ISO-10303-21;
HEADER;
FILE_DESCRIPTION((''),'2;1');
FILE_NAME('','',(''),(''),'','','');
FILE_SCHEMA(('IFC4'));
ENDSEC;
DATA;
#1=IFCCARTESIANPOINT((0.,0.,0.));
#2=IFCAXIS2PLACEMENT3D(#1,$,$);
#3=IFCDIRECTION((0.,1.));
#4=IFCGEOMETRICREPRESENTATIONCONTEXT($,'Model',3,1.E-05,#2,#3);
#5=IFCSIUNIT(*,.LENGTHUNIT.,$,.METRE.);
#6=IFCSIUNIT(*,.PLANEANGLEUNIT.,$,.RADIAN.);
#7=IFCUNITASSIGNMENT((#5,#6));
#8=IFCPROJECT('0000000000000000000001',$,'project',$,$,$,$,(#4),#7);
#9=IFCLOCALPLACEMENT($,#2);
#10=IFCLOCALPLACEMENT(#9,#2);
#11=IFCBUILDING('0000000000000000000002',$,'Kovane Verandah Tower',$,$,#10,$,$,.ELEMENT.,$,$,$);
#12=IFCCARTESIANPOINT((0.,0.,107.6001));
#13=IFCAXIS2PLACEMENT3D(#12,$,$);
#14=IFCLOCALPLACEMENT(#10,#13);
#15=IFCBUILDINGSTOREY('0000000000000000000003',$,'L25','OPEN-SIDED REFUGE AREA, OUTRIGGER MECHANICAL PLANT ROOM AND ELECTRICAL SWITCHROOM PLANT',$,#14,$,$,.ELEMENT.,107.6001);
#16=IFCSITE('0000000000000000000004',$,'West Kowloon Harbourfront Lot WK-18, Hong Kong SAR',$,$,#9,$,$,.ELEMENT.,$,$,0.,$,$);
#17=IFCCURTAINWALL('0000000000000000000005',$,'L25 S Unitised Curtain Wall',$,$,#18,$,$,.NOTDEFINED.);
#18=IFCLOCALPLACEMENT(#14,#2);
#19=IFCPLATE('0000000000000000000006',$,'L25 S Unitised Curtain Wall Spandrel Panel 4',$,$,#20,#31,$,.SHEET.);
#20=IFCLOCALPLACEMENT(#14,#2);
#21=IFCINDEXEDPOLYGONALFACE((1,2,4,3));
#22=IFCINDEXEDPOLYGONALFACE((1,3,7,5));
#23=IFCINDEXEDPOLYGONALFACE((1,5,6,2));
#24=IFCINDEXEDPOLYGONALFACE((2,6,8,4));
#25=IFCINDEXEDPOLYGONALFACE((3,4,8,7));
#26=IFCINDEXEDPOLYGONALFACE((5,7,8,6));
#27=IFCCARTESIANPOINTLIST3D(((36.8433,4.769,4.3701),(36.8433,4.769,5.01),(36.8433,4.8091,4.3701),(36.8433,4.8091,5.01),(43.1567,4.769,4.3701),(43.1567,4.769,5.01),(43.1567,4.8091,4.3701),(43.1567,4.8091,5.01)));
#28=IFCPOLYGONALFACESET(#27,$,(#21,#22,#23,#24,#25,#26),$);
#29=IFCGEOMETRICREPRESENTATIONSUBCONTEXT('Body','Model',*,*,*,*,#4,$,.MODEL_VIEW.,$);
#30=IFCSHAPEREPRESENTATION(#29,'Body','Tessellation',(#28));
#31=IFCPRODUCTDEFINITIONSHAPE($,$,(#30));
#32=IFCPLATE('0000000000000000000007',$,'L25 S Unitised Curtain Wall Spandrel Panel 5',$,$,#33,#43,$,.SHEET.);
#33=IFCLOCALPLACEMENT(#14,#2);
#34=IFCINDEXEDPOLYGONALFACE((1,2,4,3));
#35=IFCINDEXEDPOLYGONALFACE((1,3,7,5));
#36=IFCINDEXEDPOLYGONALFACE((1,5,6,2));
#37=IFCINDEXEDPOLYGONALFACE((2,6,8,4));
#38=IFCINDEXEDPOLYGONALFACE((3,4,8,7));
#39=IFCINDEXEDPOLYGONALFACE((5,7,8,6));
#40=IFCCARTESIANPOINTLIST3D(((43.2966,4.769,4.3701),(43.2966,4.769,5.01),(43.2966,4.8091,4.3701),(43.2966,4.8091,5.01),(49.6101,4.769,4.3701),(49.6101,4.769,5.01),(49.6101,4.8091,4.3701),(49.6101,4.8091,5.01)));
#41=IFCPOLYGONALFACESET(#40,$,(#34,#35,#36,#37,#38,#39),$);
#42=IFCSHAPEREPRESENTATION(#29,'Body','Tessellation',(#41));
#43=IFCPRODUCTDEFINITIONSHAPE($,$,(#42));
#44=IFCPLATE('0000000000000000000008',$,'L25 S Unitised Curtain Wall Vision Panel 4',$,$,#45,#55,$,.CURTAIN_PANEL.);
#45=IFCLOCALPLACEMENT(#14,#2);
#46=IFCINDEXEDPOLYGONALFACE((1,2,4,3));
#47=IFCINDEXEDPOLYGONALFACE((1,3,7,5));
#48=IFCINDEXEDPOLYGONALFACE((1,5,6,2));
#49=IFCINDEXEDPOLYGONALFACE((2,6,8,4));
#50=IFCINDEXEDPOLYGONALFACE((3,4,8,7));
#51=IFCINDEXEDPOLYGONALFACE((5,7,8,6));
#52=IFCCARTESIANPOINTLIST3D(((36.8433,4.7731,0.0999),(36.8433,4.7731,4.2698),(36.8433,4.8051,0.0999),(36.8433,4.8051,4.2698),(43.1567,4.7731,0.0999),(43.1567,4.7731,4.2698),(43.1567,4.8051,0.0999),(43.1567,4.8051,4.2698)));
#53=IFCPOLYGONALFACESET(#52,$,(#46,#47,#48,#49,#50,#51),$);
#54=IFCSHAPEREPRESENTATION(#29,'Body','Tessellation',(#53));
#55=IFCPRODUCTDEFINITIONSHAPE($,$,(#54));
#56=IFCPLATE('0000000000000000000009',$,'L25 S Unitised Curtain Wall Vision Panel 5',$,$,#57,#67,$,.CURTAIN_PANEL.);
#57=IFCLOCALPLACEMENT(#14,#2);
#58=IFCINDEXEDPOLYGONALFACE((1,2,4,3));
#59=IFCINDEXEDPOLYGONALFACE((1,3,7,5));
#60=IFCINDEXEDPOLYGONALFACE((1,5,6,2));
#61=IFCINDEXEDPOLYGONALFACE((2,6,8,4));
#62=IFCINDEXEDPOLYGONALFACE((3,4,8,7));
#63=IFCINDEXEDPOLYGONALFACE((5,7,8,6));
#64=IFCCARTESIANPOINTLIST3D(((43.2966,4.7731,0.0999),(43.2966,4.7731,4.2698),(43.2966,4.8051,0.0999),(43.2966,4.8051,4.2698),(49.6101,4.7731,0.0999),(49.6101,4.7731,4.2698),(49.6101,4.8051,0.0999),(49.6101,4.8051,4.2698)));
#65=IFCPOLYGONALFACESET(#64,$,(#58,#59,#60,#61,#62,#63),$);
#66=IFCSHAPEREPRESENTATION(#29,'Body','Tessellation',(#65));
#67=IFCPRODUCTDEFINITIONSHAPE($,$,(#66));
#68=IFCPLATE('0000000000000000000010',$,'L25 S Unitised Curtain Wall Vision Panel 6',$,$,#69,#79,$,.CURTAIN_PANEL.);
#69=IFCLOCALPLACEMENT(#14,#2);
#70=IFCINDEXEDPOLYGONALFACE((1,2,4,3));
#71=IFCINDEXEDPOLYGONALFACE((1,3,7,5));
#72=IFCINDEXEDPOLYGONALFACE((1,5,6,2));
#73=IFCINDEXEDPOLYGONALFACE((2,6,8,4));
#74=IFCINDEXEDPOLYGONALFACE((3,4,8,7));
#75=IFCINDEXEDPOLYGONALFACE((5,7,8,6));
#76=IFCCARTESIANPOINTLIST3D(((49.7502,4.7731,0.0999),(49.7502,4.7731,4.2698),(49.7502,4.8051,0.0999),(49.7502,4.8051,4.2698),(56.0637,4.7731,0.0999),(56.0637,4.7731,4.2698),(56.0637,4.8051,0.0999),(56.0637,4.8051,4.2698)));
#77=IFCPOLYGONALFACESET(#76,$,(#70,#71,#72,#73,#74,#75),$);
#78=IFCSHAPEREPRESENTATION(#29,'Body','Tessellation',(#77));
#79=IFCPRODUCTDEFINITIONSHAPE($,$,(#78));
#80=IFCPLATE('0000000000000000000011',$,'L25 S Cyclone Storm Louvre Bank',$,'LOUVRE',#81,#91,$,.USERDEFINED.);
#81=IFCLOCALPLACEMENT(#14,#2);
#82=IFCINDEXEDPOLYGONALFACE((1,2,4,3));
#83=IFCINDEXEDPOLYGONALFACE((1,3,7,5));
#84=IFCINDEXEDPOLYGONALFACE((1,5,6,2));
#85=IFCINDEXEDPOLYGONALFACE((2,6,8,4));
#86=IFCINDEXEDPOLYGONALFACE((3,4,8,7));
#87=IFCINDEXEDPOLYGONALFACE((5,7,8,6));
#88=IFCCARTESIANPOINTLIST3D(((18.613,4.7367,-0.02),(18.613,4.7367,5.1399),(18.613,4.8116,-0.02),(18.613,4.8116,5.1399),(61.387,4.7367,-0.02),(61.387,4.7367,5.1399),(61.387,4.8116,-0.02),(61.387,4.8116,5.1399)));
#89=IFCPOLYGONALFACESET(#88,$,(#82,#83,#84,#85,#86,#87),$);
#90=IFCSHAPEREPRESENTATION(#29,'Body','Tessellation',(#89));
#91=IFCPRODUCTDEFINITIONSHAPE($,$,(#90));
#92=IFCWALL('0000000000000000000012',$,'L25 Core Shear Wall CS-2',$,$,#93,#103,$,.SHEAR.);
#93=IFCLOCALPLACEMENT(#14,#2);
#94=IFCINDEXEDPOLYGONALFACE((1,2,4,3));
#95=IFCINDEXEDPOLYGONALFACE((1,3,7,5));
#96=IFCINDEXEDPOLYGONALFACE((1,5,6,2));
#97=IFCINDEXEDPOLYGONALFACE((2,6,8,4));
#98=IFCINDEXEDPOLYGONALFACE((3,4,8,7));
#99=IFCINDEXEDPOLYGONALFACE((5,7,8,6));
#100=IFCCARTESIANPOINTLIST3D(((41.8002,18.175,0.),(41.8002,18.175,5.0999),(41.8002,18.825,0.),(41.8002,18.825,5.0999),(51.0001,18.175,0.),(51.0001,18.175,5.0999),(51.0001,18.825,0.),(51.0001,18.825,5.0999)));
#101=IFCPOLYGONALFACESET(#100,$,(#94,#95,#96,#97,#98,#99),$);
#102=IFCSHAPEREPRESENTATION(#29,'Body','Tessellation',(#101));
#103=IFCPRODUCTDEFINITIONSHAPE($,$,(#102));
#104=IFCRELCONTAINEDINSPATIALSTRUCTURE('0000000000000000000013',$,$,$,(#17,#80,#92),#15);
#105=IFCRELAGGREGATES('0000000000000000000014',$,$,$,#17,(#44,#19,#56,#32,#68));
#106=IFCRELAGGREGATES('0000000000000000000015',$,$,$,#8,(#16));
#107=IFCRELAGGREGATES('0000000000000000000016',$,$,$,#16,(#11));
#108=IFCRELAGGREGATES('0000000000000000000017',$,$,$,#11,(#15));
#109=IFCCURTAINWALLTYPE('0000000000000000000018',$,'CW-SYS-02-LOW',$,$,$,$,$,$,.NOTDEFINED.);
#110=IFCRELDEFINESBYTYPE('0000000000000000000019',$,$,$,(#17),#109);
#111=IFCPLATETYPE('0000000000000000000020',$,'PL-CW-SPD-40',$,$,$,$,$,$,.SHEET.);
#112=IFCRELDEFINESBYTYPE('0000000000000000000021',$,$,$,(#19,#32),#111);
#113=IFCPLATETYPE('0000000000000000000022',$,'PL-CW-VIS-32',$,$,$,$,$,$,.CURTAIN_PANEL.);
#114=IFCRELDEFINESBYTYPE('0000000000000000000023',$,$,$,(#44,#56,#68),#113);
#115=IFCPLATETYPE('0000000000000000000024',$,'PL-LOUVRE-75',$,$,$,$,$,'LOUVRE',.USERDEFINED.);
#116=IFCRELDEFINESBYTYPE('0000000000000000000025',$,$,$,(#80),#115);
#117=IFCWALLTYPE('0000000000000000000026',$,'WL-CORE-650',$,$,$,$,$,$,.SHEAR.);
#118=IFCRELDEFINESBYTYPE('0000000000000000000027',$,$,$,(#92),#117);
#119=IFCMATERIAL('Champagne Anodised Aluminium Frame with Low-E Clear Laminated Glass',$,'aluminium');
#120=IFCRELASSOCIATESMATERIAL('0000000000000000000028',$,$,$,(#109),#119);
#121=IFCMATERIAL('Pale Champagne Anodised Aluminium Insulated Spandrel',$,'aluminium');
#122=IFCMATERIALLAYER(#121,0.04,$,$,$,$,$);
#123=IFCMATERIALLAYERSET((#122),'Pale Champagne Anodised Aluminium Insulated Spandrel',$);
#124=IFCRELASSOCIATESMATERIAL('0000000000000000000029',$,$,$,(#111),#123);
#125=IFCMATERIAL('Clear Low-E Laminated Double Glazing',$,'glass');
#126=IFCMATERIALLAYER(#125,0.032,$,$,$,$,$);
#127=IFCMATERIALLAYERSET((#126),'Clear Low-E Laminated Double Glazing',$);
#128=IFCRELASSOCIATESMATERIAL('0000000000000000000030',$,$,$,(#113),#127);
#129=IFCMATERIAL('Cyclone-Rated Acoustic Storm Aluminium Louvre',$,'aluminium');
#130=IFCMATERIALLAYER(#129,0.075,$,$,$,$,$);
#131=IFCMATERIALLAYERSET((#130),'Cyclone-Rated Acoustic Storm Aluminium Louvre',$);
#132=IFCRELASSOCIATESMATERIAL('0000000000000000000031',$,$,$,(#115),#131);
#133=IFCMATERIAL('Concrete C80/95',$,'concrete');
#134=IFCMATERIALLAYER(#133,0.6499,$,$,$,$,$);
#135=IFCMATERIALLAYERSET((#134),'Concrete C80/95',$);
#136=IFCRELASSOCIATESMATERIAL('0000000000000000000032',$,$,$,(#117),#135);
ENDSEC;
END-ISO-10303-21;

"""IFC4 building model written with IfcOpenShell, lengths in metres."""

from ifc_helpers import new_model, si_unit, direction, frame, frame_2d, origin, origin_2d, place, context, subcontext, project, spatial, rectangle, extrude, material, layer, layer_set, type_object, element, aggregate, save


model = new_model("IFC4")

# Units and contexts
model_context = context("Model", 3, precision=1e-05, world=origin(), true_north=direction((0.0, 1.0)))
body_context = subcontext(model_context, "Body", "Model", "MODEL_VIEW")
ifc_project = project(units=[si_unit("LENGTHUNIT", "METRE"), si_unit("PLANEANGLEUNIT", "RADIAN")], contexts=[model_context])

# Site, building, storey
site_placement = place(None, origin())
site = spatial("IfcSite", under=ifc_project, at=site_placement, Name="West Kowloon Harbourfront Lot WK-18, Hong Kong SAR", CompositionType="ELEMENT", RefElevation=0.0)
building_placement = place(site_placement, origin())
building = spatial("IfcBuilding", under=site, at=building_placement, Name="Kovane Verandah Tower", CompositionType="ELEMENT")
storey_placement = place(building_placement, frame((0.0, 0.0, 107.6001)))
storey = spatial("IfcBuildingStorey", under=building, at=storey_placement, Name="L25", Description="OPEN-SIDED REFUGE AREA, OUTRIGGER MECHANICAL PLANT ROOM AND ELECTRICAL SWITCHROOM PLANT", CompositionType="ELEMENT", Elevation=107.6001)

# Shared definitions
ifc_material_1 = material(Name="Concrete C80/95", Category="concrete")

# Curtain wall, plates
ifc_material_2 = material(Name="Champagne Anodised Aluminium Frame with Low-E Clear Laminated Glass", Category="aluminium")
curtain_wall_type = type_object("IfcCurtainWallType", Name="CW-SYS-02-LOW", PredefinedType="NOTDEFINED", material=ifc_material_2)
curtain_wall_placement = place(storey_placement, origin())
curtain_wall = element("IfcCurtainWall", 1, at=curtain_wall_placement, inside=storey, type_object=curtain_wall_type, Name="L25 S Unitised Curtain Wall", PredefinedType="NOTDEFINED")
ifc_material_3 = material(Name="Pale Champagne Anodised Aluminium Insulated Spandrel", Category="aluminium")
ifc_layer_1 = layer(ifc_material_3, 0.04)
ifc_layer_set_1 = layer_set([ifc_layer_1], Name="Pale Champagne Anodised Aluminium Insulated Spandrel")
plate_type_1 = type_object("IfcPlateType", Name="PL-CW-SPD-40", PredefinedType="SHEET", material=ifc_layer_set_1)
plate_1_placement = place(storey_placement, frame((40.0, 4.7891, 4.3701), z_axis=(0.0, 0.0, 1.0), x_axis=(1.0, 0.0, 0.0)))
plate_1 = element("IfcPlate", 2, at=plate_1_placement, type_object=plate_type_1, Name="L25 S Unitised Curtain Wall Spandrel Panel 4", PredefinedType="SHEET", context=body_context, shape_type="SweptSolid", body=[
    extrude(rectangle(XDim=6.3135, YDim=0.04, at=origin_2d()), origin(), (0.0, 0.0, 1.0), 0.6399),
])
plate_2_placement = place(storey_placement, frame((46.4534, 4.7891, 4.3701), z_axis=(0.0, 0.0, 1.0), x_axis=(1.0, 0.0, 0.0)))
plate_2 = element("IfcPlate", 3, at=plate_2_placement, type_object=plate_type_1, Name="L25 S Unitised Curtain Wall Spandrel Panel 5", PredefinedType="SHEET", context=body_context, shape_type="SweptSolid", body=[
    extrude(rectangle(XDim=6.3135, YDim=0.04, at=origin_2d()), origin(), (0.0, 0.0, 1.0), 0.6399),
])
ifc_material_4 = material(Name="Clear Low-E Laminated Double Glazing", Category="glass")
ifc_layer_2 = layer(ifc_material_4, 0.032)
ifc_layer_set_2 = layer_set([ifc_layer_2], Name="Clear Low-E Laminated Double Glazing")
plate_type_2 = type_object("IfcPlateType", Name="PL-CW-VIS-32", PredefinedType="CURTAIN_PANEL", material=ifc_layer_set_2)
plate_3_placement = place(storey_placement, frame((40.0, 4.7891, 0.0999), z_axis=(0.0, 0.0, 1.0), x_axis=(1.0, 0.0, 0.0)))
plate_3 = element("IfcPlate", 4, at=plate_3_placement, type_object=plate_type_2, Name="L25 S Unitised Curtain Wall Vision Panel 4", PredefinedType="CURTAIN_PANEL", context=body_context, shape_type="SweptSolid", body=[
    extrude(rectangle(XDim=6.3135, YDim=0.032, at=origin_2d()), origin(), (0.0, 0.0, 1.0), 4.1699),
])
plate_4_placement = place(storey_placement, frame((46.4534, 4.7891, 0.0999), z_axis=(0.0, 0.0, 1.0), x_axis=(1.0, 0.0, 0.0)))
plate_4 = element("IfcPlate", 5, at=plate_4_placement, type_object=plate_type_2, Name="L25 S Unitised Curtain Wall Vision Panel 5", PredefinedType="CURTAIN_PANEL", context=body_context, shape_type="SweptSolid", body=[
    extrude(rectangle(XDim=6.3135, YDim=0.032, at=origin_2d()), origin(), (0.0, 0.0, 1.0), 4.1699),
])
plate_5_placement = place(storey_placement, frame((52.907, 4.7891, 0.0999), z_axis=(0.0, 0.0, 1.0), x_axis=(1.0, 0.0, 0.0)))
plate_5 = element("IfcPlate", 6, at=plate_5_placement, type_object=plate_type_2, Name="L25 S Unitised Curtain Wall Vision Panel 6", PredefinedType="CURTAIN_PANEL", context=body_context, shape_type="SweptSolid", body=[
    extrude(rectangle(XDim=6.3135, YDim=0.032, at=origin_2d()), origin(), (0.0, 0.0, 1.0), 4.1699),
])
aggregate(curtain_wall, [plate_3, plate_1, plate_4, plate_2, plate_5])

# Plate
ifc_material_5 = material(Name="Cyclone-Rated Acoustic Storm Aluminium Louvre", Category="aluminium")
ifc_layer_3 = layer(ifc_material_5, 0.075)
ifc_layer_set_3 = layer_set([ifc_layer_3], Name="Cyclone-Rated Acoustic Storm Aluminium Louvre")
plate_type_3 = type_object("IfcPlateType", Name="PL-LOUVRE-75", ElementType="LOUVRE", PredefinedType="USERDEFINED", material=ifc_layer_set_3)
plate_6_placement = place(storey_placement, frame((40.0, 4.7742, -0.02), z_axis=(0.0, 0.0, 1.0), x_axis=(1.0, 0.0, 0.0)))
element("IfcPlate", 7, at=plate_6_placement, inside=storey, type_object=plate_type_3, Name="L25 S Cyclone Storm Louvre Bank", ObjectType="LOUVRE", PredefinedType="USERDEFINED", context=body_context, shape_type="SweptSolid", body=[
    extrude(rectangle(XDim=42.7739, YDim=0.075, at=origin_2d()), origin(), (0.0, 0.0, 1.0), 5.1599),
])

# Wall
ifc_layer_4 = layer(ifc_material_1, 0.6499)
ifc_layer_set_4 = layer_set([ifc_layer_4], Name="Concrete C80/95")
wall_type_1 = type_object("IfcWallType", Name="WL-CORE-650", PredefinedType="SHEAR", material=ifc_layer_set_4)
wall_1_placement = place(storey_placement, frame((41.8, 18.5, 0.0), z_axis=(0.0, 0.0, 1.0), x_axis=(1.0, 0.0, 0.0)))
element("IfcWall", 8, at=wall_1_placement, inside=storey, type_object=wall_type_1, Name="L25 Core Shear Wall CS-2", PredefinedType="SHEAR", context=body_context, shape_type="SweptSolid", body=[
    extrude(rectangle(XDim=9.2, YDim=0.6499, at=frame_2d((4.6001, 0.0))), origin(), (0.0, 0.0, 1.0), 5.0999),
])

save(model, "model.ifc")
